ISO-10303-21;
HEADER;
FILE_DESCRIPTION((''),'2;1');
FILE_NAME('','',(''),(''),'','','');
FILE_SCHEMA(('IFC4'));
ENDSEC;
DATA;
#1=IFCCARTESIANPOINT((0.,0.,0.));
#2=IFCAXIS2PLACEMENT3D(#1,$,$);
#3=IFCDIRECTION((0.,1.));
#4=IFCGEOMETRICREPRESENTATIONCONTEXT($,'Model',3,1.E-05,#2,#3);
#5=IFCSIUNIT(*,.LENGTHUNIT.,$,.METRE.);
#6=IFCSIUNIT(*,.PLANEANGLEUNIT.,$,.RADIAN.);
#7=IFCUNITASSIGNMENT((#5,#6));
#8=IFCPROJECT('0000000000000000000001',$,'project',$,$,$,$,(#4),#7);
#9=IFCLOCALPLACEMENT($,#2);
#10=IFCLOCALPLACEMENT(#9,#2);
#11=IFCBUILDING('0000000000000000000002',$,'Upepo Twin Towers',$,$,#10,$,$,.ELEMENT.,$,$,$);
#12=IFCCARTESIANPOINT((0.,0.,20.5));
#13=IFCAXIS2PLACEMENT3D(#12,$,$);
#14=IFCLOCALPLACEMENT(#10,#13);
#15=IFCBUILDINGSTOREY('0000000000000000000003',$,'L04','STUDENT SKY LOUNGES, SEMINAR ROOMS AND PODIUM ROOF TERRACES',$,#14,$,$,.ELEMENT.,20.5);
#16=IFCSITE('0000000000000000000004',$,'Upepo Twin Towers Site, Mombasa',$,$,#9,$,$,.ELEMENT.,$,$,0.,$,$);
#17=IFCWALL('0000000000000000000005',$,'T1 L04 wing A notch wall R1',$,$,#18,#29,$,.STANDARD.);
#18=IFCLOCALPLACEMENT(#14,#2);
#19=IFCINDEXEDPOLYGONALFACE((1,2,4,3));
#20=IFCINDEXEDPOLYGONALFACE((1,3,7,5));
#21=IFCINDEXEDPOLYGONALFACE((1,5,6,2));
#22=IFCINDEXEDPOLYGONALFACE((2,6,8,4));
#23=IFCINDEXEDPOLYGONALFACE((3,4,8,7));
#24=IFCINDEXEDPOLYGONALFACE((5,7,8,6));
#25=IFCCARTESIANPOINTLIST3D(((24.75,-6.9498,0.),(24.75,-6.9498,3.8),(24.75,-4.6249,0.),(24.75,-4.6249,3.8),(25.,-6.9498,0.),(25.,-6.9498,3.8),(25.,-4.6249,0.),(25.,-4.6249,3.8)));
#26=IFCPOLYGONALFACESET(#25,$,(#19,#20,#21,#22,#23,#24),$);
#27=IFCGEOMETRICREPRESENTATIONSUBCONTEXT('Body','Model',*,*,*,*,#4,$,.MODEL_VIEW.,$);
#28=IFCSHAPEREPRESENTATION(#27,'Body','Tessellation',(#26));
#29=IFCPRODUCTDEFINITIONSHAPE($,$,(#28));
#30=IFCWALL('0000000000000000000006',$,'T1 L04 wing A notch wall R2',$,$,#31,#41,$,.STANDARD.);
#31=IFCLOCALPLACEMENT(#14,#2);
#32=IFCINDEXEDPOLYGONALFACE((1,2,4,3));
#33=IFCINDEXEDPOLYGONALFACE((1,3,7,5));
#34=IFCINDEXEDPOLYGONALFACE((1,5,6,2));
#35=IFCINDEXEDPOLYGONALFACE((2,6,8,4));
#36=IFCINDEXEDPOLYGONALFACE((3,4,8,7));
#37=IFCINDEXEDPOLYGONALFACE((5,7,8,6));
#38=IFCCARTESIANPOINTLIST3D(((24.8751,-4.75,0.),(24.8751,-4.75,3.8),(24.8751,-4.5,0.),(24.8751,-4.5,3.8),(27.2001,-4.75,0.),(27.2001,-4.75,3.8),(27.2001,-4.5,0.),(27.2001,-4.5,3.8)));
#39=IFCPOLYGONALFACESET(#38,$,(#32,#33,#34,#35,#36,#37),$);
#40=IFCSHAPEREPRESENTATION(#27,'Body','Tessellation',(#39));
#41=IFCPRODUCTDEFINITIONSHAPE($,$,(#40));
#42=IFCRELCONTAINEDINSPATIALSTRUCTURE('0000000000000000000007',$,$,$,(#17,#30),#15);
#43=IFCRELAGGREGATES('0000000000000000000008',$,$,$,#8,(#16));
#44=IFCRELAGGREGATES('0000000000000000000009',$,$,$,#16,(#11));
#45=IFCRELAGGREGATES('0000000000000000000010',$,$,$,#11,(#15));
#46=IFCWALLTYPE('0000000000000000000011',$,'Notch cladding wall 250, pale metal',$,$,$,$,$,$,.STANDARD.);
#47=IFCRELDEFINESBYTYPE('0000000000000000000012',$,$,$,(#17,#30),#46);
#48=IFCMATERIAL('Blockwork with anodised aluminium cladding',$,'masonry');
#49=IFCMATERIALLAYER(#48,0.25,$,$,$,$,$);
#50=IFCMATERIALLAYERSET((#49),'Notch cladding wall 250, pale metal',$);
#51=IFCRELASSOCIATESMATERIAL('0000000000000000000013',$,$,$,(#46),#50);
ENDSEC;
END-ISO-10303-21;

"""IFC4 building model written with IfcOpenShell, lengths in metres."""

from ifc_helpers import new_model, si_unit, direction, frame, frame_2d, origin, place, context, subcontext, project, spatial, rectangle, extrude, material, layer, layer_set, type_object, element, save


model = new_model("IFC4")

# Units and contexts
model_context = context("Model", 3, precision=1e-05, world=origin(), true_north=direction((0.0, 1.0)))
body_context = subcontext(model_context, "Body", "Model", "MODEL_VIEW")
ifc_project = project(units=[si_unit("LENGTHUNIT", "METRE"), si_unit("PLANEANGLEUNIT", "RADIAN")], contexts=[model_context])

# Site, building, storey
site_placement = place(None, origin())
site = spatial("IfcSite", under=ifc_project, at=site_placement, Name="Upepo Twin Towers Site, Mombasa", CompositionType="ELEMENT", RefElevation=0.0)
building_placement = place(site_placement, origin())
building = spatial("IfcBuilding", under=site, at=building_placement, Name="Upepo Twin Towers", CompositionType="ELEMENT")
storey_placement = place(building_placement, frame((0.0, 0.0, 20.5)))
storey = spatial("IfcBuildingStorey", under=building, at=storey_placement, Name="L04", Description="STUDENT SKY LOUNGES, SEMINAR ROOMS AND PODIUM ROOF TERRACES", CompositionType="ELEMENT", Elevation=20.5)

# Walls
ifc_material_1 = material(Name="Blockwork with anodised aluminium cladding", Category="masonry")
ifc_layer_1 = layer(ifc_material_1, 0.25)
ifc_layer_set_1 = layer_set([ifc_layer_1], Name="Notch cladding wall 250, pale metal")
wall_type_1 = type_object("IfcWallType", Name="Notch cladding wall 250, pale metal", PredefinedType="STANDARD", material=ifc_layer_set_1)
for number, where, z_axis, x_axis, name in (
    (1, (24.875, -6.95, 0.0), (0.0, 0.0, 1.0), (0.0, 1.0, 0.0), "T1 L04 wing A notch wall R1"),
    (2, (24.875, -4.625, 0.0), (0.0, 0.0, 1.0), (1.0, 0.0, 0.0), "T1 L04 wing A notch wall R2"),
):
    element("IfcWall", number, at=place(storey_placement, frame(where, z_axis=z_axis, x_axis=x_axis)), inside=storey, type_object=wall_type_1, Name=name, PredefinedType="STANDARD", context=body_context, shape_type="SweptSolid", body=[
        extrude(rectangle(XDim=2.325, YDim=0.25, at=frame_2d((1.1626, 0.0))), origin(), (0.0, 0.0, 1.0), 3.8),
    ])

save(model, "model.ifc")
